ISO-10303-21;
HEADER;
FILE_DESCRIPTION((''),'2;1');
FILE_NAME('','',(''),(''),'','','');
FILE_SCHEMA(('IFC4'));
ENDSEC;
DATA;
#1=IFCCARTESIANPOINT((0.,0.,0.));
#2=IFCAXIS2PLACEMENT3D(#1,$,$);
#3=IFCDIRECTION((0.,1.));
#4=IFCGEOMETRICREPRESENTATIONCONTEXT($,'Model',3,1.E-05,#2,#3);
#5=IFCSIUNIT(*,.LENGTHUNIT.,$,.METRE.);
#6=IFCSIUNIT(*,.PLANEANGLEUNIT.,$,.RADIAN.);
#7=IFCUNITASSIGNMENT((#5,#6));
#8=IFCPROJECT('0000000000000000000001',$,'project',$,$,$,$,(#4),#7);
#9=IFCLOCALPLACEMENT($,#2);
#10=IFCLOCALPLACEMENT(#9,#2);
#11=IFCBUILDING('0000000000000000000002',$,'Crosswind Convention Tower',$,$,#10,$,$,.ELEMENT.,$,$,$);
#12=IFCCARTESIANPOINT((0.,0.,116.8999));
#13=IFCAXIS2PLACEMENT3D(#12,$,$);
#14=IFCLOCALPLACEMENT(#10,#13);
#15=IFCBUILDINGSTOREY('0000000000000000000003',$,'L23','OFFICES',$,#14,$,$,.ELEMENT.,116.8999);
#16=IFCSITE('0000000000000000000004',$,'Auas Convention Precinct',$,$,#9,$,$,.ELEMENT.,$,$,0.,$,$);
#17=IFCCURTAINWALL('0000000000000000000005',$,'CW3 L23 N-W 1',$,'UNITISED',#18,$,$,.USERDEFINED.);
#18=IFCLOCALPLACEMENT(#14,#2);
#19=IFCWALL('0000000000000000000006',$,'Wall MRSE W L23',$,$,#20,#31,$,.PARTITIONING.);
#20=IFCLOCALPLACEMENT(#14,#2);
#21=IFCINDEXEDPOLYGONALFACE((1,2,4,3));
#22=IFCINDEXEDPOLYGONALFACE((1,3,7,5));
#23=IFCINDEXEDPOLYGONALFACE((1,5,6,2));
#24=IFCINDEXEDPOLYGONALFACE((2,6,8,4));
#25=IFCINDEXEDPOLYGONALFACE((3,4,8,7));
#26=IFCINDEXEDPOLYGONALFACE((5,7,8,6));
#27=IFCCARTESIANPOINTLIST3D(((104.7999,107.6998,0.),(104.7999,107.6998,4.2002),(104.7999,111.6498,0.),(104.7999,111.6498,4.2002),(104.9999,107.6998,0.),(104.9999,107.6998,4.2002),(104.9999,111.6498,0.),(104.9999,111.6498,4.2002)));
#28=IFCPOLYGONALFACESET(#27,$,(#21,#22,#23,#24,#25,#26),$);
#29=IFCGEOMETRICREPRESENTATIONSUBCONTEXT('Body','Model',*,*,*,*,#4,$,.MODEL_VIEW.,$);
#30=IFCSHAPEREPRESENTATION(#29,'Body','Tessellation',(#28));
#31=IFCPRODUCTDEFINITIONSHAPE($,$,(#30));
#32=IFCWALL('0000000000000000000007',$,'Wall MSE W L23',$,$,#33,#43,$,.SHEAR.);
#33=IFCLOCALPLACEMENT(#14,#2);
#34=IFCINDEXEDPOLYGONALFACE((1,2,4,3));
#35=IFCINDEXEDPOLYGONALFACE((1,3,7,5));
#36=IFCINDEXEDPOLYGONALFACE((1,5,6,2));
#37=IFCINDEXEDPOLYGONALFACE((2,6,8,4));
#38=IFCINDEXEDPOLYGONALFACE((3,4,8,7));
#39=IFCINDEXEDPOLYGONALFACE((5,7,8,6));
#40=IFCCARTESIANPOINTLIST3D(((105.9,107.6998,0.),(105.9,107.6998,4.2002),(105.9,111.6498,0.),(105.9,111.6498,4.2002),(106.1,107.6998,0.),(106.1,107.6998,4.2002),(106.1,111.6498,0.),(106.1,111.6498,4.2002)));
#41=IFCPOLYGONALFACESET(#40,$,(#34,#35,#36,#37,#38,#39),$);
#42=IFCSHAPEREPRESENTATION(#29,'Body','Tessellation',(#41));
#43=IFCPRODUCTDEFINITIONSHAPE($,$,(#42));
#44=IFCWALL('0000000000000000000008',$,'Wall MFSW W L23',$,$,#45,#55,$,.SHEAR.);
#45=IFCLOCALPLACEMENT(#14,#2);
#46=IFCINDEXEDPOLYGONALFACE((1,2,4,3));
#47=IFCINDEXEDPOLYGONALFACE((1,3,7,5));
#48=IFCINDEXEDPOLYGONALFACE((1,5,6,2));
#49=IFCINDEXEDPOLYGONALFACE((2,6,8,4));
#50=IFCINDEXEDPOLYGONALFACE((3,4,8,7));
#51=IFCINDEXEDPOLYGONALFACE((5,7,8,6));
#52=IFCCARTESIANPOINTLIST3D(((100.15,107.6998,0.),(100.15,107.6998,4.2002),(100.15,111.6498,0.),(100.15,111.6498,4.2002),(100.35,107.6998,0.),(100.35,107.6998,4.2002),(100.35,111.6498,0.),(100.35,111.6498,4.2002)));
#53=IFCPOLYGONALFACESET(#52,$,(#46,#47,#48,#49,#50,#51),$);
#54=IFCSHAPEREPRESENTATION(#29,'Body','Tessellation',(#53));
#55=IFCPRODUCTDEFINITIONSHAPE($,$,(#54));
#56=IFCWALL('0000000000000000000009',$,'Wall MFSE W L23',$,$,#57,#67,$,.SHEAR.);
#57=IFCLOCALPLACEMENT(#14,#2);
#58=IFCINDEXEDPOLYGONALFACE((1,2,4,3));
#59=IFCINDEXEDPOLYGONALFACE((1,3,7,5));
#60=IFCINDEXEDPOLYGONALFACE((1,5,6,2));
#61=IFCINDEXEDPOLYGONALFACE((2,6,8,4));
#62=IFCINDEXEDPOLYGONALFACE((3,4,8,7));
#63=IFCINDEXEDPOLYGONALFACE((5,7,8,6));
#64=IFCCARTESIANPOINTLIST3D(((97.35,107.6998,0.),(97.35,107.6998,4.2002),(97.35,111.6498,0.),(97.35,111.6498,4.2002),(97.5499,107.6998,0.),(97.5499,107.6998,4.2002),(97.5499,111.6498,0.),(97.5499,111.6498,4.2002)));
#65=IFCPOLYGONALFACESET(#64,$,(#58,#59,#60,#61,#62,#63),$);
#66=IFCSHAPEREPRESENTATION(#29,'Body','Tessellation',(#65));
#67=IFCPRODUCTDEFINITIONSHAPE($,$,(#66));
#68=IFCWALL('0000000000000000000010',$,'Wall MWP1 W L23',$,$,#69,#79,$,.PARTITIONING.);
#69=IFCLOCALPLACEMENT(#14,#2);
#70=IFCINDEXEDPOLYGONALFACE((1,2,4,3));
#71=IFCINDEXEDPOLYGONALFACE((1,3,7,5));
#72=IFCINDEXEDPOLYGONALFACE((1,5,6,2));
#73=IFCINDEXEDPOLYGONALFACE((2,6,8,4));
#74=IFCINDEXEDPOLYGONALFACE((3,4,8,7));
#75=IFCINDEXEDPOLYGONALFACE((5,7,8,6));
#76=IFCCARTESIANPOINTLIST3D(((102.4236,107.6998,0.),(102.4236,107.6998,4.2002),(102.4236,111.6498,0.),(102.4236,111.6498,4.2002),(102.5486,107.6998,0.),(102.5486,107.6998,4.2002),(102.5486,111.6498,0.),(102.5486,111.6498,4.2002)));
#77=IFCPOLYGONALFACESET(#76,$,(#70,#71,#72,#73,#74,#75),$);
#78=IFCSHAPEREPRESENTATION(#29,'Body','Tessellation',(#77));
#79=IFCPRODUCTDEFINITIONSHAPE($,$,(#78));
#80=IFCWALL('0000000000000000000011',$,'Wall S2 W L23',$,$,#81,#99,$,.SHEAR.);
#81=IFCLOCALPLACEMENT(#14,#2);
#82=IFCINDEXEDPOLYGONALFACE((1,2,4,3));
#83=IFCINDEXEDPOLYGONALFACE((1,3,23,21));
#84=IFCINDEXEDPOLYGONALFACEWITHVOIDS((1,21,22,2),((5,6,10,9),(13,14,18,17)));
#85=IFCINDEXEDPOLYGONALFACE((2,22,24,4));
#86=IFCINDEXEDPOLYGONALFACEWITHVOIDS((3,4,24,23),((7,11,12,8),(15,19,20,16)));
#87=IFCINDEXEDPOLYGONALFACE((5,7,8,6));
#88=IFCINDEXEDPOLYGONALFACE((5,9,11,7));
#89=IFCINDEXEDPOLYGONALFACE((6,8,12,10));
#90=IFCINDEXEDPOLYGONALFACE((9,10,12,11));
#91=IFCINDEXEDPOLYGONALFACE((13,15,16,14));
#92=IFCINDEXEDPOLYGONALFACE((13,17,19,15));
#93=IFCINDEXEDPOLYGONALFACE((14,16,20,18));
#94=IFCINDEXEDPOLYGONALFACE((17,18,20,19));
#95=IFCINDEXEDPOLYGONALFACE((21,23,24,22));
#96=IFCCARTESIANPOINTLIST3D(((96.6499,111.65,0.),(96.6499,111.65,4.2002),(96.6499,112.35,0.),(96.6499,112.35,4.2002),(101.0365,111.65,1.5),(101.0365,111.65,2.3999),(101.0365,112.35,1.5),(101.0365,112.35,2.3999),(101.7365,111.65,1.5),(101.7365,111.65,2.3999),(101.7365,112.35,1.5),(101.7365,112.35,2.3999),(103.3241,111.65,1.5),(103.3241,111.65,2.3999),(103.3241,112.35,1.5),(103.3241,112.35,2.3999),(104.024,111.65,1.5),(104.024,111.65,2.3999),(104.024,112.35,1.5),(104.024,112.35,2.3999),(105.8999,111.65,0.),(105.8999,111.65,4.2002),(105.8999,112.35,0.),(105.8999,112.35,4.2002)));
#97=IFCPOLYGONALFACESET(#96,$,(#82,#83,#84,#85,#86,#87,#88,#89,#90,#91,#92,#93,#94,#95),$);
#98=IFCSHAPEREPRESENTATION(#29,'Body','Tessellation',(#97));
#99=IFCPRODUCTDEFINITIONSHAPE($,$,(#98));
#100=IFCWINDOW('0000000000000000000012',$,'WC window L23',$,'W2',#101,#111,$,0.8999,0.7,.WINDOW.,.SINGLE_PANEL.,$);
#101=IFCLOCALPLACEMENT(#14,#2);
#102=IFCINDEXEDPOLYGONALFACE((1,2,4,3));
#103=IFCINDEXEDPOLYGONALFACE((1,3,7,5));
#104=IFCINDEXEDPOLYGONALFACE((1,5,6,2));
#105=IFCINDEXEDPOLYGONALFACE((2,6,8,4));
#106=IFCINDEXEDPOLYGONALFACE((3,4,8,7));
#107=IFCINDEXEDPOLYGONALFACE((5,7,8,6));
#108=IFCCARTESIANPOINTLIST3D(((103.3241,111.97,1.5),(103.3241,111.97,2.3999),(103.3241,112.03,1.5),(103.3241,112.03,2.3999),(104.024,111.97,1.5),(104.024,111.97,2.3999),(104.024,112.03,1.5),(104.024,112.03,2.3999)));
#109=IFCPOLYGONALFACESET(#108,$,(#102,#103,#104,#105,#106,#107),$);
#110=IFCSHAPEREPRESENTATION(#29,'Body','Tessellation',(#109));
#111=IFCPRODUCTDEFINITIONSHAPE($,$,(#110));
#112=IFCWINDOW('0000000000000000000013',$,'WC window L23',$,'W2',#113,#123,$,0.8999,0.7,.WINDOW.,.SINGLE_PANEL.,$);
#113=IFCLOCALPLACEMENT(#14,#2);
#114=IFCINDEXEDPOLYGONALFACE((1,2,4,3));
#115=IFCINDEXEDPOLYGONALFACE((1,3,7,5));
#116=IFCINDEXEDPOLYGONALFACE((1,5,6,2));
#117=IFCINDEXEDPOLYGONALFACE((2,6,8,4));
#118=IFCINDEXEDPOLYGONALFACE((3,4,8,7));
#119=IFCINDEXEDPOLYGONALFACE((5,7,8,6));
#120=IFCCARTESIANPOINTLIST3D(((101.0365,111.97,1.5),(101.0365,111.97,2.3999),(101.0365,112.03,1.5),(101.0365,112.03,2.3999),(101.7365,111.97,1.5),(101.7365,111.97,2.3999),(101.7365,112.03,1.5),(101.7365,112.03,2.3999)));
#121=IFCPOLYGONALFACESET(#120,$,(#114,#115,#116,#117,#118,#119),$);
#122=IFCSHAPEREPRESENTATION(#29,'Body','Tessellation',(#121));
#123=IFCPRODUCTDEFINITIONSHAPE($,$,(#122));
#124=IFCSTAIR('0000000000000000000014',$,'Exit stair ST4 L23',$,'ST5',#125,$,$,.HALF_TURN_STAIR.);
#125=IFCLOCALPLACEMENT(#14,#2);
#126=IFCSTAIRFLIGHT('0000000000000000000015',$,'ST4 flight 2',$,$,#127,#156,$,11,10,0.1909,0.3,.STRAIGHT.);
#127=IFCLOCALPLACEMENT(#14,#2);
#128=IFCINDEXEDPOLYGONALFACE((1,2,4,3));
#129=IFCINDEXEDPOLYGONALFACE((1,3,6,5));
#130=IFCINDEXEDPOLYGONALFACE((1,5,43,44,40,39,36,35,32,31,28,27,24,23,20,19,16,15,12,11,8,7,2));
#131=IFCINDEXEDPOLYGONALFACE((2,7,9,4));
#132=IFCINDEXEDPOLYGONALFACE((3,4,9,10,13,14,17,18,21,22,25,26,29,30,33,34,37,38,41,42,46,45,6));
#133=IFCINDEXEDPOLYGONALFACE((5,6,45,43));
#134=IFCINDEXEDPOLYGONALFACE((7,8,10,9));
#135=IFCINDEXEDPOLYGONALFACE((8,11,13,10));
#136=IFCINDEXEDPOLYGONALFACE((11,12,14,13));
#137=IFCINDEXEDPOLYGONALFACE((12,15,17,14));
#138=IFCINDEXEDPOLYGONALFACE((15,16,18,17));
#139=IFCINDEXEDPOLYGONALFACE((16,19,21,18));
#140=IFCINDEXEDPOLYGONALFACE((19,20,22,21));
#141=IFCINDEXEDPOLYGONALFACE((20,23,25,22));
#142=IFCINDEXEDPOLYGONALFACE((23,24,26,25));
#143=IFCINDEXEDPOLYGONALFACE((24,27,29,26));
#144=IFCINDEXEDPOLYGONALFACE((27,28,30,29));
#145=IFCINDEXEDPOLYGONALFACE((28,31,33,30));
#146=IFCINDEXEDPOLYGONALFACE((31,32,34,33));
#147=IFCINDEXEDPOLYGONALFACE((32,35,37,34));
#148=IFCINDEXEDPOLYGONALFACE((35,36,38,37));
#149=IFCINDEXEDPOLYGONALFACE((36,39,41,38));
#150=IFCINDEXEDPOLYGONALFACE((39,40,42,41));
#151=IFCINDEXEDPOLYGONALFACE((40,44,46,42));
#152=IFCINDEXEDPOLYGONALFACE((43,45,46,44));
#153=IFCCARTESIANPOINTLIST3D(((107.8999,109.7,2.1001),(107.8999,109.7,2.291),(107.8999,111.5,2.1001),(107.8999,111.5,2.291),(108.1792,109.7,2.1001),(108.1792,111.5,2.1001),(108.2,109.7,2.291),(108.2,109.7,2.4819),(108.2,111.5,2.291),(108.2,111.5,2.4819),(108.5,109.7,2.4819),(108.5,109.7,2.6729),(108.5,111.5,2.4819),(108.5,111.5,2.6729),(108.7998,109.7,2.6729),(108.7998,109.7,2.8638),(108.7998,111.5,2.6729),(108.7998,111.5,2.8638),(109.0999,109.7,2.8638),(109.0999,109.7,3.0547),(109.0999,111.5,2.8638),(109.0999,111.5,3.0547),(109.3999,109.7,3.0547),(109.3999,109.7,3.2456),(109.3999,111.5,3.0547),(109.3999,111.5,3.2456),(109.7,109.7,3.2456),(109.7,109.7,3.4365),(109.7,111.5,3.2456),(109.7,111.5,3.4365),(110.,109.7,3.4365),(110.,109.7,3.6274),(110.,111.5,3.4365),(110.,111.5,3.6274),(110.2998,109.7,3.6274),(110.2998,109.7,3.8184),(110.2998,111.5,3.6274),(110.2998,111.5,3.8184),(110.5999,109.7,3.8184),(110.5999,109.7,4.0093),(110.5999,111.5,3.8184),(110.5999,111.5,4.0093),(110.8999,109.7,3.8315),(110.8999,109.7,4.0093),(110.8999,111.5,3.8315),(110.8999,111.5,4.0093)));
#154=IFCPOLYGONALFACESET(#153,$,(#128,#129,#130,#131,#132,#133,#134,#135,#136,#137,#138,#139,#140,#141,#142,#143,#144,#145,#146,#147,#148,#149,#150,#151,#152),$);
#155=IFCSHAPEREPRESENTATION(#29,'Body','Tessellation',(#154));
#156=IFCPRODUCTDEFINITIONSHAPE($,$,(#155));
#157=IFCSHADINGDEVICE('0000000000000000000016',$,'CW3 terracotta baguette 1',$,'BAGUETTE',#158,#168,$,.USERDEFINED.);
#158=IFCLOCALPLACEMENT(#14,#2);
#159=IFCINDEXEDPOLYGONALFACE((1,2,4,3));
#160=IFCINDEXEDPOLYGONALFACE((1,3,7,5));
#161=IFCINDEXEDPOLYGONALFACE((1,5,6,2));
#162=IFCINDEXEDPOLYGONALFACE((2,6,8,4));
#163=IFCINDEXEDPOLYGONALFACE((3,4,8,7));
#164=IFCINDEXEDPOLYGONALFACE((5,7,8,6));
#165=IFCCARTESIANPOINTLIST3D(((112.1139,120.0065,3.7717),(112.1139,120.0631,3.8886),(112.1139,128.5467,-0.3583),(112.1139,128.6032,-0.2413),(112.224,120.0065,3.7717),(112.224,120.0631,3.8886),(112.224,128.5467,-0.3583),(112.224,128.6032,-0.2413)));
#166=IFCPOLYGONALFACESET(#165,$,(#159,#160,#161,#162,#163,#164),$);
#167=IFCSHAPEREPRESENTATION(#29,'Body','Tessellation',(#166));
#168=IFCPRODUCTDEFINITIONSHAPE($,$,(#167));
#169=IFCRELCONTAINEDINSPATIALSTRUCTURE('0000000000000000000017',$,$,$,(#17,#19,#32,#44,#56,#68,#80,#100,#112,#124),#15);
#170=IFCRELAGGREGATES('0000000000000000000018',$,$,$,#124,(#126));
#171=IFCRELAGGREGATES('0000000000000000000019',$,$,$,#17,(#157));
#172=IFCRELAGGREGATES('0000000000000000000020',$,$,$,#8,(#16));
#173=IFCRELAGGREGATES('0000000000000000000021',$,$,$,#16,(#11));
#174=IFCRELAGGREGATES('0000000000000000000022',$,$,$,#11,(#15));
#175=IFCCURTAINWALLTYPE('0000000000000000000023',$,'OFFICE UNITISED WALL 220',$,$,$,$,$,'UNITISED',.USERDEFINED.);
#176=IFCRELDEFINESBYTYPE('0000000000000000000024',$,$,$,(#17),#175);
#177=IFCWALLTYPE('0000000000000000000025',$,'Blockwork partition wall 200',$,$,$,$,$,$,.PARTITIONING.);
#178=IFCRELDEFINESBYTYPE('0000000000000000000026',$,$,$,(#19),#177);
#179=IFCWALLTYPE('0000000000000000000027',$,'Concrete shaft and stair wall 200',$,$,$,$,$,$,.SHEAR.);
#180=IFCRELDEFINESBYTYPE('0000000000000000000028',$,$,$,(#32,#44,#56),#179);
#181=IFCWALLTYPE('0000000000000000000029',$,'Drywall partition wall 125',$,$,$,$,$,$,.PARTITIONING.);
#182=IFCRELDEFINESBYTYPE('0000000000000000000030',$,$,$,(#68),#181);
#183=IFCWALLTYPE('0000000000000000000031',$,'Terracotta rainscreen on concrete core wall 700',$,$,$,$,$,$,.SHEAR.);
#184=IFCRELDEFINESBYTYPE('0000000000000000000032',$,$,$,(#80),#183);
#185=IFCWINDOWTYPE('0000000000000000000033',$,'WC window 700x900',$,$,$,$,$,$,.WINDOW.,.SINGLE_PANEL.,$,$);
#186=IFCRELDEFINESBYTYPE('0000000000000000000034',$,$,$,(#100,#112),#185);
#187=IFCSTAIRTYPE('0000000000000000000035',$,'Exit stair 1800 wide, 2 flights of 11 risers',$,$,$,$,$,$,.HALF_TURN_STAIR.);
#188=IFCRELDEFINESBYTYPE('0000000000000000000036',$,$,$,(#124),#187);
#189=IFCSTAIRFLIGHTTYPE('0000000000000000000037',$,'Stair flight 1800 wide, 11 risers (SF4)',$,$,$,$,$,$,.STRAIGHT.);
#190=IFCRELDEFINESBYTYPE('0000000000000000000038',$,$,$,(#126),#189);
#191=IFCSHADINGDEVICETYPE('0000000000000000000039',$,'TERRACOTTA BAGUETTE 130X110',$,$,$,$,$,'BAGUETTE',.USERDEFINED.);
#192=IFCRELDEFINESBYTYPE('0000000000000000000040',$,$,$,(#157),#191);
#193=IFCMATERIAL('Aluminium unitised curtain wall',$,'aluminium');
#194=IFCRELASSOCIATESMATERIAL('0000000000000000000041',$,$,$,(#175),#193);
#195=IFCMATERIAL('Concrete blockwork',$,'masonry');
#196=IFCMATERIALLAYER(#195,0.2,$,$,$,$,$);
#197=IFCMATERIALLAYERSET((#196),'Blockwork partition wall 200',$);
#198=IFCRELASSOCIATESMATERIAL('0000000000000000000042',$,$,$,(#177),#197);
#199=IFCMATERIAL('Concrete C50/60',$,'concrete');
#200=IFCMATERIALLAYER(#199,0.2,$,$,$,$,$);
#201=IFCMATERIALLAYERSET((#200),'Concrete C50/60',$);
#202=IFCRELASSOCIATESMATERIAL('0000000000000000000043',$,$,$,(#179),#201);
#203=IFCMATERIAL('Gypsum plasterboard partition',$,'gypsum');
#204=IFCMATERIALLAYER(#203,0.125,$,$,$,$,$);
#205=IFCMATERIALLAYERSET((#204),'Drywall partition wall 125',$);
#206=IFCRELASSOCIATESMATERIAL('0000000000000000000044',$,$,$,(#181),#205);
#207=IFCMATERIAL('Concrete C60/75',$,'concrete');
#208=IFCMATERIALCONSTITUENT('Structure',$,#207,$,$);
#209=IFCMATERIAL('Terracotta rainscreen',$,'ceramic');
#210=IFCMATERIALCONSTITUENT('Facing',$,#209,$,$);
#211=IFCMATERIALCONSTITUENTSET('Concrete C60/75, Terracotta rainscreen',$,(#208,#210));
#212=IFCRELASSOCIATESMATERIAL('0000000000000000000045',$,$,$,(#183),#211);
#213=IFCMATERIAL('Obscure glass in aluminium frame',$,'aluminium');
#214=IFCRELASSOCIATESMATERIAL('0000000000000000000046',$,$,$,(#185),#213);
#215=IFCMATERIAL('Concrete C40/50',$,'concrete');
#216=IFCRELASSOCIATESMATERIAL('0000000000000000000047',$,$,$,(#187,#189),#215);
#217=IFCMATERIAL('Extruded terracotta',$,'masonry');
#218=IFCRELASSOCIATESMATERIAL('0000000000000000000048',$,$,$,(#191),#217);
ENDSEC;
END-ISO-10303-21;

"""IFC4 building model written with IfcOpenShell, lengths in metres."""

from ifc_helpers import new_model, si_unit, direction, frame, frame_2d, origin, origin_2d, place, context, subcontext, project, spatial, polyline, rectangle, outline, extrude, material, layer, layer_set, constituent, constituent_set, material_profile, profile_set, type_object, element, fill, aggregate, save


model = new_model("IFC4")

# Units and contexts
model_context = context("Model", 3, precision=1e-05, world=origin(), true_north=direction((0.0, 1.0)))
body_context = subcontext(model_context, "Body", "Model", "MODEL_VIEW")
ifc_project = project(units=[si_unit("LENGTHUNIT", "METRE"), si_unit("PLANEANGLEUNIT", "RADIAN")], contexts=[model_context])

# Site, building, storey
site_placement = place(None, origin())
site = spatial("IfcSite", under=ifc_project, at=site_placement, Name="Auas Convention Precinct", CompositionType="ELEMENT", RefElevation=0.0)
building_placement = place(site_placement, origin())
building = spatial("IfcBuilding", under=site, at=building_placement, Name="Crosswind Convention Tower", CompositionType="ELEMENT")
storey_placement = place(building_placement, frame((0.0, 0.0, 116.8999)))
storey = spatial("IfcBuildingStorey", under=building, at=storey_placement, Name="L23", Description="OFFICES", CompositionType="ELEMENT", Elevation=116.8999)

# Shared definitions
ifc_material_1 = material(Name="Concrete C60/75", Category="concrete")

# Shared definitions
ifc_material_2 = material(Name="Aluminium unitised curtain wall", Category="aluminium")

# Shared definitions
curtain_wall_type_1 = type_object("IfcCurtainWallType", Name="OFFICE UNITISED WALL 220", ElementType="UNITISED", PredefinedType="USERDEFINED", material=ifc_material_2)

# Curtain wall
curtain_wall_1_placement = place(storey_placement, origin())
curtain_wall_1 = element("IfcCurtainWall", 1, at=curtain_wall_1_placement, inside=storey, type_object=curtain_wall_type_1, Name="CW3 L23 N-W 1", ObjectType="UNITISED", PredefinedType="USERDEFINED")

# Wall
ifc_material_3 = material(Name="Concrete blockwork", Category="masonry")
ifc_layer_1 = layer(ifc_material_3, 0.2)
ifc_layer_set_1 = layer_set([ifc_layer_1], Name="Blockwork partition wall 200")
wall_type_1 = type_object("IfcWallType", Name="Blockwork partition wall 200", PredefinedType="PARTITIONING", material=ifc_layer_set_1)
wall_1_placement = place(storey_placement, frame((104.8999, 111.6499, 0.0), z_axis=(0.0, 0.0, 1.0), x_axis=(0.0, -1.0, 0.0)))
element("IfcWall", 2, at=wall_1_placement, inside=storey, type_object=wall_type_1, Name="Wall MRSE W L23", PredefinedType="PARTITIONING", context=body_context, shape_type="SweptSolid", body=[
    extrude(rectangle(XDim=3.95, YDim=0.2, at=frame_2d((1.9751, 0.0))), origin(), (0.0, 0.0, 1.0), 4.2002),
])

# Walls
ifc_material_4 = material(Name="Concrete C50/60", Category="concrete")
ifc_layer_2 = layer(ifc_material_4, 0.2)
ifc_layer_set_2 = layer_set([ifc_layer_2], Name="Concrete C50/60")
wall_type_2 = type_object("IfcWallType", Name="Concrete shaft and stair wall 200", PredefinedType="SHEAR", material=ifc_layer_set_2)
for number, where, z_axis, x_axis, name in (
    (3, (106.0, 111.6499, 0.0), (0.0, 0.0, 1.0), (0.0, -1.0, 0.0), "Wall MSE W L23"),
    (4, (100.25, 111.6499, 0.0), (0.0, 0.0, 1.0), (0.0, -1.0, 0.0), "Wall MFSW W L23"),
    (5, (97.45, 111.6499, 0.0), (0.0, 0.0, 1.0), (0.0, -1.0, 0.0), "Wall MFSE W L23"),
):
    element("IfcWall", number, at=place(storey_placement, frame(where, z_axis=z_axis, x_axis=x_axis)), inside=storey, type_object=wall_type_2, Name=name, PredefinedType="SHEAR", context=body_context, shape_type="SweptSolid", body=[
        extrude(rectangle(XDim=3.95, YDim=0.2, at=frame_2d((1.9751, 0.0))), origin(), (0.0, 0.0, 1.0), 4.2002),
    ])
ifc_material_5 = material(Name="Gypsum plasterboard partition", Category="gypsum")
ifc_layer_3 = layer(ifc_material_5, 0.125)
ifc_layer_set_3 = layer_set([ifc_layer_3], Name="Drywall partition wall 125")
wall_type_3 = type_object("IfcWallType", Name="Drywall partition wall 125", PredefinedType="PARTITIONING", material=ifc_layer_set_3)
wall_2_placement = place(storey_placement, frame((102.4861, 111.6499, 0.0), z_axis=(0.0, 0.0, 1.0), x_axis=(0.0, -1.0, 0.0)))
element("IfcWall", 6, at=wall_2_placement, inside=storey, type_object=wall_type_3, Name="Wall MWP1 W L23", PredefinedType="PARTITIONING", context=body_context, shape_type="SweptSolid", body=[
    extrude(rectangle(XDim=3.95, YDim=0.125, at=frame_2d((1.9751, 0.0))), origin(), (0.0, 0.0, 1.0), 4.2002),
])

# Wall, openings, windows
ifc_constituent_1 = constituent(ifc_material_1, Name="Structure")
ifc_material_6 = material(Name="Terracotta rainscreen", Category="ceramic")
ifc_constituent_2 = constituent(ifc_material_6, Name="Facing")
ifc_constituent_set = constituent_set(constituents=[ifc_constituent_1, ifc_constituent_2], Name="Concrete C60/75, Terracotta rainscreen")
wall_type_4 = type_object("IfcWallType", Name="Terracotta rainscreen on concrete core wall 700", PredefinedType="SHEAR", material=ifc_constituent_set)
wall_3_placement = place(storey_placement, frame((105.8999, 112.0, 0.0), z_axis=(0.0, 0.0, 1.0), x_axis=(-1.0, 0.0, 0.0)))
wall_3 = element("IfcWall", 7, at=wall_3_placement, inside=storey, type_object=wall_type_4, Name="Wall S2 W L23", PredefinedType="SHEAR", context=body_context, shape_type="SweptSolid", body=[
    extrude(rectangle(XDim=9.25, YDim=0.7, at=frame_2d((4.625, 0.0))), origin(), (0.0, 0.0, 1.0), 4.2002),
])
opening_1_placement = place(wall_3_placement, frame((1.8757, 0.0, 1.5)))
opening_1 = element("IfcOpeningElement", 8, at=opening_1_placement, cuts=wall_3, PredefinedType="OPENING", context=body_context, shape_type="SweptSolid", body=[
    extrude(rectangle(XDim=0.7, YDim=0.8999, at=frame_2d((0.3501, 0.45))), frame((0.0, 0.3599, 0.0), z_axis=(0.0, -1.0, 0.0), x_axis=(1.0, 0.0, 0.0)), (0.0, 0.0, 1.0), 0.72),
])
opening_2_placement = place(wall_3_placement, frame((4.1633, 0.0, 1.5)))
opening_2 = element("IfcOpeningElement", 9, at=opening_2_placement, cuts=wall_3, PredefinedType="OPENING", context=body_context, shape_type="SweptSolid", body=[
    extrude(rectangle(XDim=0.7, YDim=0.8999, at=frame_2d((0.3501, 0.45))), frame((0.0, 0.3599, 0.0), z_axis=(0.0, -1.0, 0.0), x_axis=(1.0, 0.0, 0.0)), (0.0, 0.0, 1.0), 0.72),
])
ifc_material_7 = material(Name="Obscure glass in aluminium frame", Category="aluminium")
window_type = type_object("IfcWindowType", Name="WC window 700x900", PartitioningType="SINGLE_PANEL", PredefinedType="WINDOW", material=ifc_material_7)
window_1_placement = place(opening_1_placement, origin())
window_1 = element("IfcWindow", 10, at=window_1_placement, inside=storey, type_object=window_type, Name="WC window L23", ObjectType="W2", OverallHeight=0.8999, OverallWidth=0.7, PartitioningType="SINGLE_PANEL", PredefinedType="WINDOW", context=body_context, shape_type="SweptSolid", body=[
    extrude(rectangle(XDim=0.7, YDim=0.8999, at=frame_2d((0.3501, 0.45))), frame((0.0, 0.03, 0.0), z_axis=(0.0, -1.0, 0.0), x_axis=(1.0, 0.0, 0.0)), (0.0, 0.0, 1.0), 0.0601),
])
fill(opening_1, window_1)
window_2_placement = place(opening_2_placement, origin())
window_2 = element("IfcWindow", 11, at=window_2_placement, inside=storey, type_object=window_type, Name="WC window L23", ObjectType="W2", OverallHeight=0.8999, OverallWidth=0.7, PartitioningType="SINGLE_PANEL", PredefinedType="WINDOW", context=body_context, shape_type="SweptSolid", body=[
    extrude(rectangle(XDim=0.7, YDim=0.8999, at=frame_2d((0.3501, 0.45))), frame((0.0, 0.03, 0.0), z_axis=(0.0, -1.0, 0.0), x_axis=(1.0, 0.0, 0.0)), (0.0, 0.0, 1.0), 0.0601),
])
fill(opening_2, window_2)

# Stair, stair flight
ifc_material_8 = material(Name="Concrete C40/50", Category="concrete")
stair_type = type_object("IfcStairType", Name="Exit stair 1800 wide, 2 flights of 11 risers", PredefinedType="HALF_TURN_STAIR", material=ifc_material_8)
stair_placement = place(storey_placement, origin())
stair = element("IfcStair", 12, at=stair_placement, inside=storey, type_object=stair_type, Name="Exit stair ST4 L23", ObjectType="ST5", PredefinedType="HALF_TURN_STAIR")
stair_flight_type = type_object("IfcStairFlightType", Name="Stair flight 1800 wide, 11 risers (SF4)", PredefinedType="STRAIGHT", material=ifc_material_8)
stair_flight_placement = place(storey_placement, frame((107.8999, 110.6001, 2.1001), z_axis=(0.0, 0.0, 1.0), x_axis=(1.0, 0.0, 0.0)))
stair_flight = element("IfcStairFlight", 13, at=stair_flight_placement, type_object=stair_flight_type, Name="ST4 flight 2", NumberOfRisers=11, NumberOfTreads=10, PredefinedType="STRAIGHT", RiserHeight=0.1909, TreadLength=0.3, context=body_context, shape_type="SweptSolid", body=[
    extrude(outline(polyline([(0.0, 0.0), (0.0, 0.1909), (0.3, 0.1909), (0.3, 0.3818), (0.6001, 0.3818), (0.6001, 0.5728), (0.8999, 0.5728), (0.8999, 0.7637), (1.2, 0.7637), (1.2, 0.9546), (1.5, 0.9546), (1.5, 1.1455), (1.8, 1.1455), (1.8, 1.3364), (2.1001, 1.3364), (2.1001, 1.5273), (2.3999, 1.5273), (2.3999, 1.7183), (2.7, 1.7183), (2.7, 1.9092), (3.0, 1.9092), (3.0, 2.1001), (3.0, 1.7314), (0.2793, 0.0), (0.0, 0.0)])), frame((0.0, 0.8999, 0.0), z_axis=(0.0, -1.0, 0.0), x_axis=(1.0, 0.0, 0.0)), (0.0, 0.0, 1.0), 1.8),
])
aggregate(stair, [stair_flight])

# Shading device
ifc_material_9 = material(Name="Extruded terracotta", Category="masonry")
ifc_material_profile_1 = material_profile(ifc_material_9, rectangle(XDim=0.1101, YDim=0.1299, at=origin_2d()), Name="TC 110X130")
ifc_profile_set_1 = profile_set([ifc_material_profile_1], Name="Extruded terracotta")
shading_device_type = type_object("IfcShadingDeviceType", Name="TERRACOTTA BAGUETTE 130X110", ElementType="BAGUETTE", PredefinedType="USERDEFINED", material=ifc_profile_set_1)
shading_device_1_placement = place(storey_placement, frame((112.1689, 128.575, -0.2998), z_axis=(0.0, -0.900258, 0.435356), x_axis=(1.0, 0.0, 0.0)))
shading_device_1 = element("IfcShadingDevice", 14, at=shading_device_1_placement, type_object=shading_device_type, Name="CW3 terracotta baguette 1", ObjectType="BAGUETTE", PredefinedType="USERDEFINED", context=body_context, shape_type="SweptSolid", body=[
    extrude(rectangle(XDim=0.1101, YDim=0.1299, at=origin_2d()), origin(), (0.0, 0.0, 1.0), 9.4863),
])
aggregate(curtain_wall_1, [shading_device_1])

save(model, "model.ifc")
